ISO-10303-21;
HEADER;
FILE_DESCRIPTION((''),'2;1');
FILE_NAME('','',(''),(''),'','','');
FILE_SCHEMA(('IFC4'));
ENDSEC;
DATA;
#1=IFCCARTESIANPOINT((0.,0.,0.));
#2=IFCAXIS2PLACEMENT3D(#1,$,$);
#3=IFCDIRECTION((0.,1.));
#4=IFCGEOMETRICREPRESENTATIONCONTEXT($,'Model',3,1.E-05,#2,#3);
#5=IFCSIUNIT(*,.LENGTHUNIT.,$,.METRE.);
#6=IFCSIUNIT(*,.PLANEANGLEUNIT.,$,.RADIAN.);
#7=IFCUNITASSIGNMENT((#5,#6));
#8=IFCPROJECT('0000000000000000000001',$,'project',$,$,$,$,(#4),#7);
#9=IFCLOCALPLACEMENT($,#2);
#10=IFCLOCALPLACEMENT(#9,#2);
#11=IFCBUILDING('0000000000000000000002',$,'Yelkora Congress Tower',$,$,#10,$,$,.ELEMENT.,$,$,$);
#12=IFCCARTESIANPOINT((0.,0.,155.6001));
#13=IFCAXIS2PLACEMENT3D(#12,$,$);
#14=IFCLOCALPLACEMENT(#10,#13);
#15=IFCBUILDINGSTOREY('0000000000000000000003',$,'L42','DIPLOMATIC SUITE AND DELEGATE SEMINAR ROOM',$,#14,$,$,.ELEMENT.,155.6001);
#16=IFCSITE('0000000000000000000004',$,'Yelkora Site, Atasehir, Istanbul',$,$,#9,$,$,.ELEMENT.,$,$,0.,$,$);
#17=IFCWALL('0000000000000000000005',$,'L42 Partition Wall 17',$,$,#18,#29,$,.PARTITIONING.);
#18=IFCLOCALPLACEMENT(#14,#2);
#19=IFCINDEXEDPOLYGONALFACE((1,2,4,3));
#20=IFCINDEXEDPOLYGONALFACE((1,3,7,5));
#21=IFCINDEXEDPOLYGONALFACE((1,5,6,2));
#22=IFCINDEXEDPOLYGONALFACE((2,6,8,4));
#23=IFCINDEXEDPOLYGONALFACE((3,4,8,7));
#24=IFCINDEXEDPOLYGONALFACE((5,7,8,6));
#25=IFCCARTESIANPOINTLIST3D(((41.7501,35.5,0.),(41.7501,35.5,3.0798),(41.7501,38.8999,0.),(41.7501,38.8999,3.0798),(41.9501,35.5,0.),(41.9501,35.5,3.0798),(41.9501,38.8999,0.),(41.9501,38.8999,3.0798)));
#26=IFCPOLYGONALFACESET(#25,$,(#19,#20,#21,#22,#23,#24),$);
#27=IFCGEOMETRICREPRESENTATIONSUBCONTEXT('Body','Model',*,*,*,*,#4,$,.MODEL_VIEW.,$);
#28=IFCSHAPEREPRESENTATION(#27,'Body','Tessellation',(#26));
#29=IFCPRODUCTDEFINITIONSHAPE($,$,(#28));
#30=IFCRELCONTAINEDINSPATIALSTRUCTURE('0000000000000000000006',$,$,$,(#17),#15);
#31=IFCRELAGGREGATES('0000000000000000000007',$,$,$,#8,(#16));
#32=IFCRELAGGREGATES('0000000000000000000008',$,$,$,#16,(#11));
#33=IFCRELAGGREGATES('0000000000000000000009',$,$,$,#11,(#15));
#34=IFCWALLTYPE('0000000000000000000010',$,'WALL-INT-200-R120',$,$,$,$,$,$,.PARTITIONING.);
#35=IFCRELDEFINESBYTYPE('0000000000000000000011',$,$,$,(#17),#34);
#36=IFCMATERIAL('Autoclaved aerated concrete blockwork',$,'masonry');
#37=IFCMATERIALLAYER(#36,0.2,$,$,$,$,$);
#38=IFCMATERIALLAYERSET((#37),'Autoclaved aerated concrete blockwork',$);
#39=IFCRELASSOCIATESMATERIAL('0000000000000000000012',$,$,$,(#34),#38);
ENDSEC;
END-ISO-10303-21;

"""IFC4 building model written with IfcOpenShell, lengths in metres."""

from ifc_helpers import new_model, si_unit, direction, frame, frame_2d, origin, place, context, subcontext, project, spatial, rectangle, extrude, material, layer, layer_set, type_object, element, save


model = new_model("IFC4")

# Units and contexts
model_context = context("Model", 3, precision=1e-05, world=origin(), true_north=direction((0.0, 1.0)))
body_context = subcontext(model_context, "Body", "Model", "MODEL_VIEW")
ifc_project = project(units=[si_unit("LENGTHUNIT", "METRE"), si_unit("PLANEANGLEUNIT", "RADIAN")], contexts=[model_context])

# Site, building, storey
site_placement = place(None, origin())
site = spatial("IfcSite", under=ifc_project, at=site_placement, Name="Yelkora Site, Atasehir, Istanbul", CompositionType="ELEMENT", RefElevation=0.0)
building_placement = place(site_placement, origin())
building = spatial("IfcBuilding", under=site, at=building_placement, Name="Yelkora Congress Tower", CompositionType="ELEMENT")
storey_placement = place(building_placement, frame((0.0, 0.0, 155.6001)))
storey = spatial("IfcBuildingStorey", under=building, at=storey_placement, Name="L42", Description="DIPLOMATIC SUITE AND DELEGATE SEMINAR ROOM", CompositionType="ELEMENT", Elevation=155.6001)

# Shared definitions
ifc_material_1 = material(Name="Autoclaved aerated concrete blockwork", Category="masonry")
ifc_layer_1 = layer(ifc_material_1, 0.2)
ifc_layer_set_1 = layer_set([ifc_layer_1], Name="Autoclaved aerated concrete blockwork")
wall_type_1 = type_object("IfcWallType", Name="WALL-INT-200-R120", PredefinedType="PARTITIONING", material=ifc_layer_set_1)

# Wall
wall_1_placement = place(storey_placement, frame((41.8501, 35.5, 0.0), z_axis=(0.0, 0.0, 1.0), x_axis=(0.0, 1.0, 0.0)))
element("IfcWall", 1, at=wall_1_placement, inside=storey, type_object=wall_type_1, Name="L42 Partition Wall 17", PredefinedType="PARTITIONING", context=body_context, shape_type="SweptSolid", body=[
    extrude(rectangle(XDim=3.3999, YDim=0.2, at=frame_2d((1.7, 0.0))), origin(), (0.0, 0.0, 1.0), 3.0798),
])

save(model, "model.ifc")
